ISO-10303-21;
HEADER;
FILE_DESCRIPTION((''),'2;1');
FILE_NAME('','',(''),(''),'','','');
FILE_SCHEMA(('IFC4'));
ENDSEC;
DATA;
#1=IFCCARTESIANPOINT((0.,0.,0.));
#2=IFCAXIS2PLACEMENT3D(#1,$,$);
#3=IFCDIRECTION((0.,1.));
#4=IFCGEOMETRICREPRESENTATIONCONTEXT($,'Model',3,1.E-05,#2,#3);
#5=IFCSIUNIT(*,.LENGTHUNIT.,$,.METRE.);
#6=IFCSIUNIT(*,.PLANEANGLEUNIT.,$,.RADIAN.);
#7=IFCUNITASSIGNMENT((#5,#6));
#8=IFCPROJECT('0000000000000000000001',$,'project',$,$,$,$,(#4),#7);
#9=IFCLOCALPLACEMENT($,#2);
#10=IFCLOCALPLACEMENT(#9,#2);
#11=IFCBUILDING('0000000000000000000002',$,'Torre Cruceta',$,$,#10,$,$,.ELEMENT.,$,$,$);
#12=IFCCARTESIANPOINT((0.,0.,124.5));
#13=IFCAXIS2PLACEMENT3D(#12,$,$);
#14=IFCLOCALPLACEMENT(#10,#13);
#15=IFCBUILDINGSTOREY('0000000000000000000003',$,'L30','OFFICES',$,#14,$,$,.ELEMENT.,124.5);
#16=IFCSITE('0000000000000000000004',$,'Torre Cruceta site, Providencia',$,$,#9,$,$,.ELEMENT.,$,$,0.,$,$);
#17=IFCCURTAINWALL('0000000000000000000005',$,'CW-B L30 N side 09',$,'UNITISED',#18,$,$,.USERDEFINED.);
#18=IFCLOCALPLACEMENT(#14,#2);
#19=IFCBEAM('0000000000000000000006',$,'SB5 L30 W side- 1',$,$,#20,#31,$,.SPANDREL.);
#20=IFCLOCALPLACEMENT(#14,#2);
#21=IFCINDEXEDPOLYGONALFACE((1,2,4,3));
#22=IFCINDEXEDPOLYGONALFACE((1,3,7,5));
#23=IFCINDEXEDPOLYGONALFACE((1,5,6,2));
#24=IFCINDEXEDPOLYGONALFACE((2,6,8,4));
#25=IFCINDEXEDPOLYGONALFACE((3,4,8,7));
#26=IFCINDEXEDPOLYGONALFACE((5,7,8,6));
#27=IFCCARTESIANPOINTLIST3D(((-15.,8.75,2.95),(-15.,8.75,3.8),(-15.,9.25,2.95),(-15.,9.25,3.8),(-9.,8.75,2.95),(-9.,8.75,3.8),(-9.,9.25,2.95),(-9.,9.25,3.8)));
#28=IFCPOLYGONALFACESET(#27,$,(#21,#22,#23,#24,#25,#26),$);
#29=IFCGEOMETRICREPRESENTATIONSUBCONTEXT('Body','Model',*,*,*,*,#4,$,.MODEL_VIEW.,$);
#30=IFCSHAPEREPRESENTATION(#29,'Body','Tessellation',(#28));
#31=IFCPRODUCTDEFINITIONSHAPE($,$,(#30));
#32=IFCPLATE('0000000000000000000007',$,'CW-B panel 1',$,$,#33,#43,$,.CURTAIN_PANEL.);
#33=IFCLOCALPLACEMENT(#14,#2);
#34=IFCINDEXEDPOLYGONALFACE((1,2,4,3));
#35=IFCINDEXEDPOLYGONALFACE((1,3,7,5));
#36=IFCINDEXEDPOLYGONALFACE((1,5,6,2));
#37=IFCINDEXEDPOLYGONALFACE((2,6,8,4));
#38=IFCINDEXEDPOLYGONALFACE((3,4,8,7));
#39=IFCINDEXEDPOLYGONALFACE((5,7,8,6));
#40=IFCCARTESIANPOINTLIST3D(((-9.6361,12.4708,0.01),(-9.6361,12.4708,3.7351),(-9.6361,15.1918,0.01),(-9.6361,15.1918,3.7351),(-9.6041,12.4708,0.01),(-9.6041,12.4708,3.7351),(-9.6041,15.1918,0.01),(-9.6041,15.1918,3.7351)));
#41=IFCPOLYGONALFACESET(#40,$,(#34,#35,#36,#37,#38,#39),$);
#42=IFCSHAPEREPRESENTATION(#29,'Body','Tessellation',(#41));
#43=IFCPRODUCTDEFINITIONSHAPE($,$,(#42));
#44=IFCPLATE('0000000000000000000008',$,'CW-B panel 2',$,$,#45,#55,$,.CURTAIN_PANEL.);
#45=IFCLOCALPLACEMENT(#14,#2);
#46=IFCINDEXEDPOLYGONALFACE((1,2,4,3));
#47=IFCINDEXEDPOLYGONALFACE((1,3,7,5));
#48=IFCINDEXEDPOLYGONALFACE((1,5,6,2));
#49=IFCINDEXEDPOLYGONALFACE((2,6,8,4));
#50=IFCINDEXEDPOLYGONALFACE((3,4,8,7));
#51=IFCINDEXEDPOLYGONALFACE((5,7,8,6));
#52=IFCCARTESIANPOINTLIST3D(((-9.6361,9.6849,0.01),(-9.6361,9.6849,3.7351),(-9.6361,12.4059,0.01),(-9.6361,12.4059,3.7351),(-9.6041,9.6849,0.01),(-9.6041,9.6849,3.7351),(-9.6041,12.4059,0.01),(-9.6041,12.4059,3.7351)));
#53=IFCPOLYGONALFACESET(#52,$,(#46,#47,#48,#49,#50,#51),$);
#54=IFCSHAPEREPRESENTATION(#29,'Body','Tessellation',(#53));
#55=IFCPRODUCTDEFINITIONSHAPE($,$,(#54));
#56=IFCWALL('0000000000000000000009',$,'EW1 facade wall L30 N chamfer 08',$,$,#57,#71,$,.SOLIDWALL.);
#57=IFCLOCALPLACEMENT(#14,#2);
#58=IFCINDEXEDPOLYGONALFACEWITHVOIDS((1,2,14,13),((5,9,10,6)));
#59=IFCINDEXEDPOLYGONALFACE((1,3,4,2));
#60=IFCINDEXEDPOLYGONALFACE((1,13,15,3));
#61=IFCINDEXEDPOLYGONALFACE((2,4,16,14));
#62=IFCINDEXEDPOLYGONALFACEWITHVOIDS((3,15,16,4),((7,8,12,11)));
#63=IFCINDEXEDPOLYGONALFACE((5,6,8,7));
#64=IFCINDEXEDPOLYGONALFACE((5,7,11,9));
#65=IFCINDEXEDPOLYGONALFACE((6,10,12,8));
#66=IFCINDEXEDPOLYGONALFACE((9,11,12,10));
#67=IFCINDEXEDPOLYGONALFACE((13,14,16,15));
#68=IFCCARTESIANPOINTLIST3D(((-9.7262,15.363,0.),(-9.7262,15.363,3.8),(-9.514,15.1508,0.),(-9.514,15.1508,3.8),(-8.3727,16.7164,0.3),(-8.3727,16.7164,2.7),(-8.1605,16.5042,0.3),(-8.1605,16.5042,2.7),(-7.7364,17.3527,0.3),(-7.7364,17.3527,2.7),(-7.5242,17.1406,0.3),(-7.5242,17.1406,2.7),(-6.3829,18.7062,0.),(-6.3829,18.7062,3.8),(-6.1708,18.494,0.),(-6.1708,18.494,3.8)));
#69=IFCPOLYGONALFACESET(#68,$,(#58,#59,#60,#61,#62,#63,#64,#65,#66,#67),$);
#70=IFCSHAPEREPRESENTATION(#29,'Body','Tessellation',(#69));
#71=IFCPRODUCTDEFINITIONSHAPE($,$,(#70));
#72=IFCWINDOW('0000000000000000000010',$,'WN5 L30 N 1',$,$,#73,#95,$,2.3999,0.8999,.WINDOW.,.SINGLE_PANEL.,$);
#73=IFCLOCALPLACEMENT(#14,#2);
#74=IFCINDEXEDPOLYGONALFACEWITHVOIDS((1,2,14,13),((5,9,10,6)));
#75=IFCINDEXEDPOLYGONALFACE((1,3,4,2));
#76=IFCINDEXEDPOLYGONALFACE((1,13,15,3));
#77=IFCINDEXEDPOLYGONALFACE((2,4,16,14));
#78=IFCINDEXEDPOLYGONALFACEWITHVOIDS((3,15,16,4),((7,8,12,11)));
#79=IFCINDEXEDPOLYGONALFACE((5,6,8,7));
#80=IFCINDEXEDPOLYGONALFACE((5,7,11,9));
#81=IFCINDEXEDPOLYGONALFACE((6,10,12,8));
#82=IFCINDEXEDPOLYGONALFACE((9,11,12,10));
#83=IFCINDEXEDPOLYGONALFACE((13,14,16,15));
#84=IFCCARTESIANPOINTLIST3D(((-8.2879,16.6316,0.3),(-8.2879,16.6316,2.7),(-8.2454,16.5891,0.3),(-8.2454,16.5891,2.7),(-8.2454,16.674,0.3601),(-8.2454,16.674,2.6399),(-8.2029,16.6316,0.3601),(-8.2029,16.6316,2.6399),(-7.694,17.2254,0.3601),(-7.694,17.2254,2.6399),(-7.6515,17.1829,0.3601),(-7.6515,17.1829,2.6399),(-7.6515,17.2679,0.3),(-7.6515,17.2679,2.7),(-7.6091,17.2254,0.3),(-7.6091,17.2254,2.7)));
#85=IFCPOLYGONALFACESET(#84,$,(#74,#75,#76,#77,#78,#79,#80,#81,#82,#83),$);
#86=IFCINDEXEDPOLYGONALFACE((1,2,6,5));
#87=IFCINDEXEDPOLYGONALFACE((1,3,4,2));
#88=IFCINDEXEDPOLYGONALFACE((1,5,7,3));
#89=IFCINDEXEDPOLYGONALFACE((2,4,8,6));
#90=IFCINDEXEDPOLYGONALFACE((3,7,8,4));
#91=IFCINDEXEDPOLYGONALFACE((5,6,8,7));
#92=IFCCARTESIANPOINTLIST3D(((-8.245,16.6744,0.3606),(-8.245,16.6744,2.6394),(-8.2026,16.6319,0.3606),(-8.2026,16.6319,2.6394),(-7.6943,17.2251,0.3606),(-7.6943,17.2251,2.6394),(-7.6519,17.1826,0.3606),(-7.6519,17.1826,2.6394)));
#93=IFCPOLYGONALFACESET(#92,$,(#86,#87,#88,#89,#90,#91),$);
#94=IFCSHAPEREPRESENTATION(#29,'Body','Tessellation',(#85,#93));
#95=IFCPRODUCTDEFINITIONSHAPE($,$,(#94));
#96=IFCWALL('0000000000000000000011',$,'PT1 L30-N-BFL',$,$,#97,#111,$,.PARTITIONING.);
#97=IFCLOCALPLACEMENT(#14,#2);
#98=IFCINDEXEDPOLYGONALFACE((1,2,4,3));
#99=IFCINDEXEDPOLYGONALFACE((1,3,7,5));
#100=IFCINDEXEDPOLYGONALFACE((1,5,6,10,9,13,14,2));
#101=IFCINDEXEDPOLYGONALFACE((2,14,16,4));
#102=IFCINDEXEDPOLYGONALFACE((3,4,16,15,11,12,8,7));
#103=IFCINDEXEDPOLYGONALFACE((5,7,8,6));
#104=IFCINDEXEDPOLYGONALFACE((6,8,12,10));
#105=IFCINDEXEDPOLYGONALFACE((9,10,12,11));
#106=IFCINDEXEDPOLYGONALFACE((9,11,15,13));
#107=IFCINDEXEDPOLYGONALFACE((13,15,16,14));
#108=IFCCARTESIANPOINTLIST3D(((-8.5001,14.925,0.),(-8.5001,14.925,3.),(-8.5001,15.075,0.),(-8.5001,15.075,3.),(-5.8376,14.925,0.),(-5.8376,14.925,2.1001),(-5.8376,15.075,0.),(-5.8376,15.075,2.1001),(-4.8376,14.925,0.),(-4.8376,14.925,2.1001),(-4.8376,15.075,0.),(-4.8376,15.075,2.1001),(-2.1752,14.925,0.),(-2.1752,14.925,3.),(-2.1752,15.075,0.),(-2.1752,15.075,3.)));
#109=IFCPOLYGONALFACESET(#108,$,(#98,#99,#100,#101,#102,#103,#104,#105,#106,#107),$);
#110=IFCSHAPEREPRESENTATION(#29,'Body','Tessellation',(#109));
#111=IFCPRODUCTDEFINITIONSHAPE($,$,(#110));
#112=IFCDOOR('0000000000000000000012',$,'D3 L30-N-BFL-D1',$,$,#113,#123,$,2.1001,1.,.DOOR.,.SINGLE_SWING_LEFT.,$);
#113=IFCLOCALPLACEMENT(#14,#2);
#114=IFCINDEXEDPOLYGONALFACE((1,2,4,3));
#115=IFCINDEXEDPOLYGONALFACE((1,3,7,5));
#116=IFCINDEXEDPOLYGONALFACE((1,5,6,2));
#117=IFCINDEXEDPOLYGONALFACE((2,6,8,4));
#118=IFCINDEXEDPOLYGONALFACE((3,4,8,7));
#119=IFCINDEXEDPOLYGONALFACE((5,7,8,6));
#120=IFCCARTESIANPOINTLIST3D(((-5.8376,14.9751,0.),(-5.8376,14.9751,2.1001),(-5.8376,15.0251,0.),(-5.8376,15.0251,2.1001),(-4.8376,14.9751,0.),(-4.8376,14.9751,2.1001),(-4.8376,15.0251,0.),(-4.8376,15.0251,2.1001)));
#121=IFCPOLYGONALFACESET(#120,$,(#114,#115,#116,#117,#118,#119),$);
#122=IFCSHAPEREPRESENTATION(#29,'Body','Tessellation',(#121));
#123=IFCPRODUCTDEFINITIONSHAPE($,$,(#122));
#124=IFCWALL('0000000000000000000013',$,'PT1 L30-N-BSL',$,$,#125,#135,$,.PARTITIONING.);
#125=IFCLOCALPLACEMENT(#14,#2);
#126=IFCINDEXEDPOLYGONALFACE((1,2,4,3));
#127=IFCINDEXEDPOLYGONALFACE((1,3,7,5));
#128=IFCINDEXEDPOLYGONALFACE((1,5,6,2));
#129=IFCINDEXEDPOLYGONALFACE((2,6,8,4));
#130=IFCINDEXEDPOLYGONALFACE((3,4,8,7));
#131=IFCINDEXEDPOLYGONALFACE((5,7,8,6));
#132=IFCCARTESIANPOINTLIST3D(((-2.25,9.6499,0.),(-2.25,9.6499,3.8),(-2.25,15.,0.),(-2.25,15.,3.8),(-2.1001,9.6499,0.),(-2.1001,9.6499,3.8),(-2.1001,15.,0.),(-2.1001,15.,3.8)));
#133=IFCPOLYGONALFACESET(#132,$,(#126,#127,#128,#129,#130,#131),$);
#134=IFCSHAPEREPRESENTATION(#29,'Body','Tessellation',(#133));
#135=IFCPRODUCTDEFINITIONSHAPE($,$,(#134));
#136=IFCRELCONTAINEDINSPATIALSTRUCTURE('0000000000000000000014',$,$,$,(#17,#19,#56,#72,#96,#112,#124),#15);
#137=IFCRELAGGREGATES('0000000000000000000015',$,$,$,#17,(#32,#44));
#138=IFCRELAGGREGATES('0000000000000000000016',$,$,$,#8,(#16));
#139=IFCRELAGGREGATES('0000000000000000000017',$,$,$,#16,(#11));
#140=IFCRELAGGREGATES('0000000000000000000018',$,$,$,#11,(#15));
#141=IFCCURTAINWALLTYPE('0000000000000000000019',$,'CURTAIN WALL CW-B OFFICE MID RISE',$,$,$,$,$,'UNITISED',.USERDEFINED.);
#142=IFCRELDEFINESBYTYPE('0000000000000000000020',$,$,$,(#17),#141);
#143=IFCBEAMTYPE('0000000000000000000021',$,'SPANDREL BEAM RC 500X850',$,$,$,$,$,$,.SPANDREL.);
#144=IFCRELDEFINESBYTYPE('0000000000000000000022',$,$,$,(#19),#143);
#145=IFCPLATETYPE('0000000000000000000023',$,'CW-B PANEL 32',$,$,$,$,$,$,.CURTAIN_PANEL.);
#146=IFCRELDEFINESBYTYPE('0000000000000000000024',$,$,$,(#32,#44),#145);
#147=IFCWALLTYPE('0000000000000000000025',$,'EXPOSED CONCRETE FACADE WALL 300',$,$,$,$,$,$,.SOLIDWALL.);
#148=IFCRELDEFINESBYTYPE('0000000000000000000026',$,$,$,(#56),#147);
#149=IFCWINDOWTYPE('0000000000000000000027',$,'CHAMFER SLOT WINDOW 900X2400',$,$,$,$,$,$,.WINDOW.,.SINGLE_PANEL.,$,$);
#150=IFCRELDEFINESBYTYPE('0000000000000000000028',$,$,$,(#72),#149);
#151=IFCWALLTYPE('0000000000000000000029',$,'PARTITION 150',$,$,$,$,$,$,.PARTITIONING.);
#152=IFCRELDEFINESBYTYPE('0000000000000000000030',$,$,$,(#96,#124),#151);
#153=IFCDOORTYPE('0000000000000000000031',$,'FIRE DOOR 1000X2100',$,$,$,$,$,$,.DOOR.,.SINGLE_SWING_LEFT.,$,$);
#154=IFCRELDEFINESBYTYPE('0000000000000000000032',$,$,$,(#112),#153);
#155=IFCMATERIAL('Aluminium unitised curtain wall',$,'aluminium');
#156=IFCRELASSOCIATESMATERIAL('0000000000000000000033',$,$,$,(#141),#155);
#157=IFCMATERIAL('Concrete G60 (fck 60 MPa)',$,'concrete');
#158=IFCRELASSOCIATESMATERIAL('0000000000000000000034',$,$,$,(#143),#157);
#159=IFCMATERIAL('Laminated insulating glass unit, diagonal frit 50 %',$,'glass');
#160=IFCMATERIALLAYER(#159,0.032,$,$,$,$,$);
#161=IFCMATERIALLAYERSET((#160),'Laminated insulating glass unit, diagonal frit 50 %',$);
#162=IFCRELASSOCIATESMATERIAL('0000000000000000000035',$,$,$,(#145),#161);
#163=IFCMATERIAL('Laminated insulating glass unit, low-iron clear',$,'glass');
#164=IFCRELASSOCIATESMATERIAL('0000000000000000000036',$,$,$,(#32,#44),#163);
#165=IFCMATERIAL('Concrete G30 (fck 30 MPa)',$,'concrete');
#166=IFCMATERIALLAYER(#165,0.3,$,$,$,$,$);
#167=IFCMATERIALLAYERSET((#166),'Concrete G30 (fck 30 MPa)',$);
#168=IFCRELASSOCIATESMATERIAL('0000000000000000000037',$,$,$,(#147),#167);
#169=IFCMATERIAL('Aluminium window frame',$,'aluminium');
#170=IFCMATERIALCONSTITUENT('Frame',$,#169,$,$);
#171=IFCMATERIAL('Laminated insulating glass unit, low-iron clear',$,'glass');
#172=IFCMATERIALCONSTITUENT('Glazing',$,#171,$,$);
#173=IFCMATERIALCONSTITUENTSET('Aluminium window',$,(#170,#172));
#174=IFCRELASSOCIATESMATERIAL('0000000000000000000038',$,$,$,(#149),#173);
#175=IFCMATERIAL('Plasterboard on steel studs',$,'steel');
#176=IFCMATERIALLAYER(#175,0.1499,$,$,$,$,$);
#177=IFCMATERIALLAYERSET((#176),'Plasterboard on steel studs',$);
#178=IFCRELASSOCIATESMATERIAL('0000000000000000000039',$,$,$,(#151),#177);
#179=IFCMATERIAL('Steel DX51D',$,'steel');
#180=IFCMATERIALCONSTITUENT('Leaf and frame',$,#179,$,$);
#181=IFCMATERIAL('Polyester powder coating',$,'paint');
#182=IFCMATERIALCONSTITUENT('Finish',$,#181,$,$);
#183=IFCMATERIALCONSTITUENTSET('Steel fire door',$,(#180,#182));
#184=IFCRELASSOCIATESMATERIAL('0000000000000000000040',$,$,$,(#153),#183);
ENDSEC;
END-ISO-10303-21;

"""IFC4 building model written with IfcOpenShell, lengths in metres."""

from ifc_helpers import new_model, si_unit, direction, frame, frame_2d, origin, origin_2d, place, context, subcontext, project, spatial, rectangle, hollow_rectangle, extrude, material, layer, layer_set, constituent, constituent_set, material_profile, profile_set, type_object, element, fill, aggregate, save


model = new_model("IFC4")

# Units and contexts
model_context = context("Model", 3, precision=1e-05, world=origin(), true_north=direction((0.0, 1.0)))
body_context = subcontext(model_context, "Body", "Model", "MODEL_VIEW")
ifc_project = project(units=[si_unit("LENGTHUNIT", "METRE"), si_unit("PLANEANGLEUNIT", "RADIAN")], contexts=[model_context])

# Site, building, storey
site_placement = place(None, origin())
site = spatial("IfcSite", under=ifc_project, at=site_placement, Name="Torre Cruceta site, Providencia", CompositionType="ELEMENT", RefElevation=0.0)
building_placement = place(site_placement, origin())
building = spatial("IfcBuilding", under=site, at=building_placement, Name="Torre Cruceta", CompositionType="ELEMENT")
storey_placement = place(building_placement, frame((0.0, 0.0, 124.5)))
storey = spatial("IfcBuildingStorey", under=building, at=storey_placement, Name="L30", Description="OFFICES", CompositionType="ELEMENT", Elevation=124.5)

# Curtain wall
ifc_material_1 = material(Name="Aluminium unitised curtain wall", Category="aluminium")
curtain_wall_type = type_object("IfcCurtainWallType", Name="CURTAIN WALL CW-B OFFICE MID RISE", ElementType="UNITISED", PredefinedType="USERDEFINED", material=ifc_material_1)
curtain_wall_placement = place(storey_placement, origin())
curtain_wall = element("IfcCurtainWall", 1, at=curtain_wall_placement, inside=storey, type_object=curtain_wall_type, Name="CW-B L30 N side 09", ObjectType="UNITISED", PredefinedType="USERDEFINED")

# Beam
ifc_material_2 = material(Name="Concrete G60 (fck 60 MPa)", Category="concrete")
ifc_material_profile_1 = material_profile(ifc_material_2, rectangle(XDim=0.5, YDim=0.8501, at=origin_2d()), Name="RC 500X850")
ifc_profile_set_1 = profile_set([ifc_material_profile_1], Name="Concrete G60 (fck 60 MPa)")
beam_type_1 = type_object("IfcBeamType", Name="SPANDREL BEAM RC 500X850", PredefinedType="SPANDREL", material=ifc_profile_set_1)
beam_1_placement = place(storey_placement, frame((-9.0, 9.0, 3.375), z_axis=(-1.0, 0.0, 0.0), x_axis=(0.0, -1.0, 0.0)))
element("IfcBeam", 2, at=beam_1_placement, inside=storey, type_object=beam_type_1, Name="SB5 L30 W side- 1", PredefinedType="SPANDREL", context=body_context, shape_type="SweptSolid", body=[
    extrude(rectangle(XDim=0.5, YDim=0.8501, at=origin_2d()), origin(), (0.0, 0.0, 1.0), 6.0),
])

# Plates
ifc_material_3 = material(Name="Laminated insulating glass unit, low-iron clear", Category="glass")
ifc_material_4 = material(Name="Laminated insulating glass unit, diagonal frit 50 %", Category="glass")
ifc_layer_1 = layer(ifc_material_4, 0.032)
ifc_layer_set_1 = layer_set([ifc_layer_1], Name="Laminated insulating glass unit, diagonal frit 50 %")
plate_type = type_object("IfcPlateType", Name="CW-B PANEL 32", PredefinedType="CURTAIN_PANEL", material=ifc_layer_set_1)
plate_1_placement = place(storey_placement, frame((-9.6201, 13.8313, 0.01), z_axis=(0.0, 0.0, 1.0), x_axis=(0.0, -1.0, 0.0)))
plate_1 = element("IfcPlate", 3, at=plate_1_placement, type_object=plate_type, material=ifc_material_3, Name="CW-B panel 1", PredefinedType="CURTAIN_PANEL", context=body_context, shape_type="SweptSolid", body=[
    extrude(rectangle(XDim=2.7209, YDim=0.032, at=origin_2d()), origin(), (0.0, 0.0, 1.0), 3.7251),
])
plate_2_placement = place(storey_placement, frame((-9.6201, 11.0454, 0.01), z_axis=(0.0, 0.0, 1.0), x_axis=(0.0, -1.0, 0.0)))
plate_2 = element("IfcPlate", 4, at=plate_2_placement, type_object=plate_type, material=ifc_material_3, Name="CW-B panel 2", PredefinedType="CURTAIN_PANEL", context=body_context, shape_type="SweptSolid", body=[
    extrude(rectangle(XDim=2.7209, YDim=0.032, at=origin_2d()), origin(), (0.0, 0.0, 1.0), 3.7251),
])
aggregate(curtain_wall, [plate_1, plate_2])

# Wall, opening, window
ifc_material_5 = material(Name="Concrete G30 (fck 30 MPa)", Category="concrete")
ifc_layer_2 = layer(ifc_material_5, 0.3)
ifc_layer_set_2 = layer_set([ifc_layer_2], Name="Concrete G30 (fck 30 MPa)")
wall_type_1 = type_object("IfcWallType", Name="EXPOSED CONCRETE FACADE WALL 300", PredefinedType="SOLIDWALL", material=ifc_layer_set_2)
wall_1_placement = place(storey_placement, frame((-6.2769, 18.6001, 0.0), z_axis=(0.0, 0.0, 1.0), x_axis=(-0.707107, -0.707107, 0.0)))
wall_1 = element("IfcWall", 5, at=wall_1_placement, inside=storey, type_object=wall_type_1, Name="EW1 facade wall L30 N chamfer 08", PredefinedType="SOLIDWALL", context=body_context, shape_type="SweptSolid", body=[
    extrude(rectangle(XDim=4.728, YDim=0.3, at=frame_2d((2.364, 0.0))), origin(), (0.0, 0.0, 1.0), 3.8),
])
opening_1_placement = place(wall_1_placement, frame((1.9141, 0.0, 0.3)))
opening_1 = element("IfcOpeningElement", 6, at=opening_1_placement, cuts=wall_1, PredefinedType="OPENING", context=body_context, shape_type="SweptSolid", body=[
    extrude(rectangle(XDim=0.8999, YDim=2.3999, at=frame_2d((0.45, 1.2))), frame((0.0, 0.1599, 0.0), z_axis=(0.0, -1.0, 0.0), x_axis=(1.0, 0.0, 0.0)), (0.0, 0.0, 1.0), 0.3201),
])
ifc_material_6 = material(Name="Aluminium window frame", Category="aluminium")
ifc_constituent_1 = constituent(ifc_material_6, Name="Frame")
ifc_material_7 = material(Name="Laminated insulating glass unit, low-iron clear", Category="glass")
ifc_constituent_2 = constituent(ifc_material_7, Name="Glazing")
ifc_constituent_set_1 = constituent_set(constituents=[ifc_constituent_1, ifc_constituent_2], Name="Aluminium window")
window_type = type_object("IfcWindowType", Name="CHAMFER SLOT WINDOW 900X2400", PartitioningType="SINGLE_PANEL", PredefinedType="WINDOW", material=ifc_constituent_set_1)
window_placement = place(opening_1_placement, origin())
window = element("IfcWindow", 7, at=window_placement, inside=storey, type_object=window_type, Name="WN5 L30 N 1", OverallHeight=2.3999, OverallWidth=0.8999, PartitioningType="SINGLE_PANEL", PredefinedType="WINDOW", context=body_context, shape_type="SweptSolid", body=[
    extrude(hollow_rectangle(XDim=0.8999, YDim=2.3999, WallThickness=0.0601, at=frame_2d((0.45, 1.2))), frame((0.0, 0.03, 0.0), z_axis=(0.0, -1.0, 0.0), x_axis=(1.0, 0.0, 0.0)), (0.0, 0.0, 1.0), 0.0601),
    extrude(rectangle(XDim=0.7788, YDim=2.2788, at=frame_2d((0.45, 1.2))), frame((0.0, 0.03, 0.0), z_axis=(0.0, -1.0, 0.0), x_axis=(1.0, 0.0, 0.0)), (0.0, 0.0, 1.0), 0.0601),
])
fill(opening_1, window)

# Wall, opening, door
ifc_material_8 = material(Name="Plasterboard on steel studs", Category="steel")
ifc_layer_3 = layer(ifc_material_8, 0.1499)
ifc_layer_set_3 = layer_set([ifc_layer_3], Name="Plasterboard on steel studs")
wall_type_2 = type_object("IfcWallType", Name="PARTITION 150", PredefinedType="PARTITIONING", material=ifc_layer_set_3)
wall_2_placement = place(storey_placement, frame((-2.175, 15.0, 0.0), z_axis=(0.0, 0.0, 1.0), x_axis=(-1.0, 0.0, 0.0)))
wall_2 = element("IfcWall", 8, at=wall_2_placement, inside=storey, type_object=wall_type_2, Name="PT1 L30-N-BFL", PredefinedType="PARTITIONING", context=body_context, shape_type="SweptSolid", body=[
    extrude(rectangle(XDim=6.325, YDim=0.1499, at=frame_2d((3.1626, 0.0))), origin(), (0.0, 0.0, 1.0), 3.0),
])
opening_2_placement = place(wall_2_placement, frame((2.6626, 0.0, 0.0)))
opening_2 = element("IfcOpeningElement", 9, at=opening_2_placement, cuts=wall_2, PredefinedType="OPENING", context=body_context, shape_type="SweptSolid", body=[
    extrude(rectangle(XDim=1.0, YDim=2.1001, at=frame_2d((0.5, 1.05))), frame((0.0, 0.085, 0.0), z_axis=(0.0, -1.0, 0.0), x_axis=(1.0, 0.0, 0.0)), (0.0, 0.0, 1.0), 0.1699),
])
ifc_material_9 = material(Name="Steel DX51D", Category="steel")
ifc_constituent_3 = constituent(ifc_material_9, Name="Leaf and frame")
ifc_material_10 = material(Name="Polyester powder coating", Category="paint")
ifc_constituent_4 = constituent(ifc_material_10, Name="Finish")
ifc_constituent_set_2 = constituent_set(constituents=[ifc_constituent_3, ifc_constituent_4], Name="Steel fire door")
door_type_1 = type_object("IfcDoorType", Name="FIRE DOOR 1000X2100", OperationType="SINGLE_SWING_LEFT", PredefinedType="DOOR", material=ifc_constituent_set_2)
door_1_placement = place(opening_2_placement, frame((1.0, 0.0, 0.0), z_axis=(0.0, 0.0, 1.0), x_axis=(-1.0, 0.0, 0.0)))
door_1 = element("IfcDoor", 10, at=door_1_placement, inside=storey, type_object=door_type_1, Name="D3 L30-N-BFL-D1", OperationType="SINGLE_SWING_LEFT", OverallHeight=2.1001, OverallWidth=1.0, PredefinedType="DOOR", context=body_context, shape_type="SweptSolid", body=[
    extrude(rectangle(XDim=1.0, YDim=2.1001, at=frame_2d((0.5, 1.05))), frame((0.0, 0.0251, 0.0), z_axis=(0.0, -1.0, 0.0), x_axis=(1.0, 0.0, 0.0)), (0.0, 0.0, 1.0), 0.05),
])
fill(opening_2, door_1)

# Wall
wall_3_placement = place(storey_placement, frame((-2.175, 9.6499, 0.0), z_axis=(0.0, 0.0, 1.0), x_axis=(0.0, 1.0, 0.0)))
element("IfcWall", 11, at=wall_3_placement, inside=storey, type_object=wall_type_2, Name="PT1 L30-N-BSL", PredefinedType="PARTITIONING", context=body_context, shape_type="SweptSolid", body=[
    extrude(rectangle(XDim=5.3501, YDim=0.1499, at=frame_2d((2.675, 0.0))), origin(), (0.0, 0.0, 1.0), 3.8),
])

save(model, "model.ifc")
